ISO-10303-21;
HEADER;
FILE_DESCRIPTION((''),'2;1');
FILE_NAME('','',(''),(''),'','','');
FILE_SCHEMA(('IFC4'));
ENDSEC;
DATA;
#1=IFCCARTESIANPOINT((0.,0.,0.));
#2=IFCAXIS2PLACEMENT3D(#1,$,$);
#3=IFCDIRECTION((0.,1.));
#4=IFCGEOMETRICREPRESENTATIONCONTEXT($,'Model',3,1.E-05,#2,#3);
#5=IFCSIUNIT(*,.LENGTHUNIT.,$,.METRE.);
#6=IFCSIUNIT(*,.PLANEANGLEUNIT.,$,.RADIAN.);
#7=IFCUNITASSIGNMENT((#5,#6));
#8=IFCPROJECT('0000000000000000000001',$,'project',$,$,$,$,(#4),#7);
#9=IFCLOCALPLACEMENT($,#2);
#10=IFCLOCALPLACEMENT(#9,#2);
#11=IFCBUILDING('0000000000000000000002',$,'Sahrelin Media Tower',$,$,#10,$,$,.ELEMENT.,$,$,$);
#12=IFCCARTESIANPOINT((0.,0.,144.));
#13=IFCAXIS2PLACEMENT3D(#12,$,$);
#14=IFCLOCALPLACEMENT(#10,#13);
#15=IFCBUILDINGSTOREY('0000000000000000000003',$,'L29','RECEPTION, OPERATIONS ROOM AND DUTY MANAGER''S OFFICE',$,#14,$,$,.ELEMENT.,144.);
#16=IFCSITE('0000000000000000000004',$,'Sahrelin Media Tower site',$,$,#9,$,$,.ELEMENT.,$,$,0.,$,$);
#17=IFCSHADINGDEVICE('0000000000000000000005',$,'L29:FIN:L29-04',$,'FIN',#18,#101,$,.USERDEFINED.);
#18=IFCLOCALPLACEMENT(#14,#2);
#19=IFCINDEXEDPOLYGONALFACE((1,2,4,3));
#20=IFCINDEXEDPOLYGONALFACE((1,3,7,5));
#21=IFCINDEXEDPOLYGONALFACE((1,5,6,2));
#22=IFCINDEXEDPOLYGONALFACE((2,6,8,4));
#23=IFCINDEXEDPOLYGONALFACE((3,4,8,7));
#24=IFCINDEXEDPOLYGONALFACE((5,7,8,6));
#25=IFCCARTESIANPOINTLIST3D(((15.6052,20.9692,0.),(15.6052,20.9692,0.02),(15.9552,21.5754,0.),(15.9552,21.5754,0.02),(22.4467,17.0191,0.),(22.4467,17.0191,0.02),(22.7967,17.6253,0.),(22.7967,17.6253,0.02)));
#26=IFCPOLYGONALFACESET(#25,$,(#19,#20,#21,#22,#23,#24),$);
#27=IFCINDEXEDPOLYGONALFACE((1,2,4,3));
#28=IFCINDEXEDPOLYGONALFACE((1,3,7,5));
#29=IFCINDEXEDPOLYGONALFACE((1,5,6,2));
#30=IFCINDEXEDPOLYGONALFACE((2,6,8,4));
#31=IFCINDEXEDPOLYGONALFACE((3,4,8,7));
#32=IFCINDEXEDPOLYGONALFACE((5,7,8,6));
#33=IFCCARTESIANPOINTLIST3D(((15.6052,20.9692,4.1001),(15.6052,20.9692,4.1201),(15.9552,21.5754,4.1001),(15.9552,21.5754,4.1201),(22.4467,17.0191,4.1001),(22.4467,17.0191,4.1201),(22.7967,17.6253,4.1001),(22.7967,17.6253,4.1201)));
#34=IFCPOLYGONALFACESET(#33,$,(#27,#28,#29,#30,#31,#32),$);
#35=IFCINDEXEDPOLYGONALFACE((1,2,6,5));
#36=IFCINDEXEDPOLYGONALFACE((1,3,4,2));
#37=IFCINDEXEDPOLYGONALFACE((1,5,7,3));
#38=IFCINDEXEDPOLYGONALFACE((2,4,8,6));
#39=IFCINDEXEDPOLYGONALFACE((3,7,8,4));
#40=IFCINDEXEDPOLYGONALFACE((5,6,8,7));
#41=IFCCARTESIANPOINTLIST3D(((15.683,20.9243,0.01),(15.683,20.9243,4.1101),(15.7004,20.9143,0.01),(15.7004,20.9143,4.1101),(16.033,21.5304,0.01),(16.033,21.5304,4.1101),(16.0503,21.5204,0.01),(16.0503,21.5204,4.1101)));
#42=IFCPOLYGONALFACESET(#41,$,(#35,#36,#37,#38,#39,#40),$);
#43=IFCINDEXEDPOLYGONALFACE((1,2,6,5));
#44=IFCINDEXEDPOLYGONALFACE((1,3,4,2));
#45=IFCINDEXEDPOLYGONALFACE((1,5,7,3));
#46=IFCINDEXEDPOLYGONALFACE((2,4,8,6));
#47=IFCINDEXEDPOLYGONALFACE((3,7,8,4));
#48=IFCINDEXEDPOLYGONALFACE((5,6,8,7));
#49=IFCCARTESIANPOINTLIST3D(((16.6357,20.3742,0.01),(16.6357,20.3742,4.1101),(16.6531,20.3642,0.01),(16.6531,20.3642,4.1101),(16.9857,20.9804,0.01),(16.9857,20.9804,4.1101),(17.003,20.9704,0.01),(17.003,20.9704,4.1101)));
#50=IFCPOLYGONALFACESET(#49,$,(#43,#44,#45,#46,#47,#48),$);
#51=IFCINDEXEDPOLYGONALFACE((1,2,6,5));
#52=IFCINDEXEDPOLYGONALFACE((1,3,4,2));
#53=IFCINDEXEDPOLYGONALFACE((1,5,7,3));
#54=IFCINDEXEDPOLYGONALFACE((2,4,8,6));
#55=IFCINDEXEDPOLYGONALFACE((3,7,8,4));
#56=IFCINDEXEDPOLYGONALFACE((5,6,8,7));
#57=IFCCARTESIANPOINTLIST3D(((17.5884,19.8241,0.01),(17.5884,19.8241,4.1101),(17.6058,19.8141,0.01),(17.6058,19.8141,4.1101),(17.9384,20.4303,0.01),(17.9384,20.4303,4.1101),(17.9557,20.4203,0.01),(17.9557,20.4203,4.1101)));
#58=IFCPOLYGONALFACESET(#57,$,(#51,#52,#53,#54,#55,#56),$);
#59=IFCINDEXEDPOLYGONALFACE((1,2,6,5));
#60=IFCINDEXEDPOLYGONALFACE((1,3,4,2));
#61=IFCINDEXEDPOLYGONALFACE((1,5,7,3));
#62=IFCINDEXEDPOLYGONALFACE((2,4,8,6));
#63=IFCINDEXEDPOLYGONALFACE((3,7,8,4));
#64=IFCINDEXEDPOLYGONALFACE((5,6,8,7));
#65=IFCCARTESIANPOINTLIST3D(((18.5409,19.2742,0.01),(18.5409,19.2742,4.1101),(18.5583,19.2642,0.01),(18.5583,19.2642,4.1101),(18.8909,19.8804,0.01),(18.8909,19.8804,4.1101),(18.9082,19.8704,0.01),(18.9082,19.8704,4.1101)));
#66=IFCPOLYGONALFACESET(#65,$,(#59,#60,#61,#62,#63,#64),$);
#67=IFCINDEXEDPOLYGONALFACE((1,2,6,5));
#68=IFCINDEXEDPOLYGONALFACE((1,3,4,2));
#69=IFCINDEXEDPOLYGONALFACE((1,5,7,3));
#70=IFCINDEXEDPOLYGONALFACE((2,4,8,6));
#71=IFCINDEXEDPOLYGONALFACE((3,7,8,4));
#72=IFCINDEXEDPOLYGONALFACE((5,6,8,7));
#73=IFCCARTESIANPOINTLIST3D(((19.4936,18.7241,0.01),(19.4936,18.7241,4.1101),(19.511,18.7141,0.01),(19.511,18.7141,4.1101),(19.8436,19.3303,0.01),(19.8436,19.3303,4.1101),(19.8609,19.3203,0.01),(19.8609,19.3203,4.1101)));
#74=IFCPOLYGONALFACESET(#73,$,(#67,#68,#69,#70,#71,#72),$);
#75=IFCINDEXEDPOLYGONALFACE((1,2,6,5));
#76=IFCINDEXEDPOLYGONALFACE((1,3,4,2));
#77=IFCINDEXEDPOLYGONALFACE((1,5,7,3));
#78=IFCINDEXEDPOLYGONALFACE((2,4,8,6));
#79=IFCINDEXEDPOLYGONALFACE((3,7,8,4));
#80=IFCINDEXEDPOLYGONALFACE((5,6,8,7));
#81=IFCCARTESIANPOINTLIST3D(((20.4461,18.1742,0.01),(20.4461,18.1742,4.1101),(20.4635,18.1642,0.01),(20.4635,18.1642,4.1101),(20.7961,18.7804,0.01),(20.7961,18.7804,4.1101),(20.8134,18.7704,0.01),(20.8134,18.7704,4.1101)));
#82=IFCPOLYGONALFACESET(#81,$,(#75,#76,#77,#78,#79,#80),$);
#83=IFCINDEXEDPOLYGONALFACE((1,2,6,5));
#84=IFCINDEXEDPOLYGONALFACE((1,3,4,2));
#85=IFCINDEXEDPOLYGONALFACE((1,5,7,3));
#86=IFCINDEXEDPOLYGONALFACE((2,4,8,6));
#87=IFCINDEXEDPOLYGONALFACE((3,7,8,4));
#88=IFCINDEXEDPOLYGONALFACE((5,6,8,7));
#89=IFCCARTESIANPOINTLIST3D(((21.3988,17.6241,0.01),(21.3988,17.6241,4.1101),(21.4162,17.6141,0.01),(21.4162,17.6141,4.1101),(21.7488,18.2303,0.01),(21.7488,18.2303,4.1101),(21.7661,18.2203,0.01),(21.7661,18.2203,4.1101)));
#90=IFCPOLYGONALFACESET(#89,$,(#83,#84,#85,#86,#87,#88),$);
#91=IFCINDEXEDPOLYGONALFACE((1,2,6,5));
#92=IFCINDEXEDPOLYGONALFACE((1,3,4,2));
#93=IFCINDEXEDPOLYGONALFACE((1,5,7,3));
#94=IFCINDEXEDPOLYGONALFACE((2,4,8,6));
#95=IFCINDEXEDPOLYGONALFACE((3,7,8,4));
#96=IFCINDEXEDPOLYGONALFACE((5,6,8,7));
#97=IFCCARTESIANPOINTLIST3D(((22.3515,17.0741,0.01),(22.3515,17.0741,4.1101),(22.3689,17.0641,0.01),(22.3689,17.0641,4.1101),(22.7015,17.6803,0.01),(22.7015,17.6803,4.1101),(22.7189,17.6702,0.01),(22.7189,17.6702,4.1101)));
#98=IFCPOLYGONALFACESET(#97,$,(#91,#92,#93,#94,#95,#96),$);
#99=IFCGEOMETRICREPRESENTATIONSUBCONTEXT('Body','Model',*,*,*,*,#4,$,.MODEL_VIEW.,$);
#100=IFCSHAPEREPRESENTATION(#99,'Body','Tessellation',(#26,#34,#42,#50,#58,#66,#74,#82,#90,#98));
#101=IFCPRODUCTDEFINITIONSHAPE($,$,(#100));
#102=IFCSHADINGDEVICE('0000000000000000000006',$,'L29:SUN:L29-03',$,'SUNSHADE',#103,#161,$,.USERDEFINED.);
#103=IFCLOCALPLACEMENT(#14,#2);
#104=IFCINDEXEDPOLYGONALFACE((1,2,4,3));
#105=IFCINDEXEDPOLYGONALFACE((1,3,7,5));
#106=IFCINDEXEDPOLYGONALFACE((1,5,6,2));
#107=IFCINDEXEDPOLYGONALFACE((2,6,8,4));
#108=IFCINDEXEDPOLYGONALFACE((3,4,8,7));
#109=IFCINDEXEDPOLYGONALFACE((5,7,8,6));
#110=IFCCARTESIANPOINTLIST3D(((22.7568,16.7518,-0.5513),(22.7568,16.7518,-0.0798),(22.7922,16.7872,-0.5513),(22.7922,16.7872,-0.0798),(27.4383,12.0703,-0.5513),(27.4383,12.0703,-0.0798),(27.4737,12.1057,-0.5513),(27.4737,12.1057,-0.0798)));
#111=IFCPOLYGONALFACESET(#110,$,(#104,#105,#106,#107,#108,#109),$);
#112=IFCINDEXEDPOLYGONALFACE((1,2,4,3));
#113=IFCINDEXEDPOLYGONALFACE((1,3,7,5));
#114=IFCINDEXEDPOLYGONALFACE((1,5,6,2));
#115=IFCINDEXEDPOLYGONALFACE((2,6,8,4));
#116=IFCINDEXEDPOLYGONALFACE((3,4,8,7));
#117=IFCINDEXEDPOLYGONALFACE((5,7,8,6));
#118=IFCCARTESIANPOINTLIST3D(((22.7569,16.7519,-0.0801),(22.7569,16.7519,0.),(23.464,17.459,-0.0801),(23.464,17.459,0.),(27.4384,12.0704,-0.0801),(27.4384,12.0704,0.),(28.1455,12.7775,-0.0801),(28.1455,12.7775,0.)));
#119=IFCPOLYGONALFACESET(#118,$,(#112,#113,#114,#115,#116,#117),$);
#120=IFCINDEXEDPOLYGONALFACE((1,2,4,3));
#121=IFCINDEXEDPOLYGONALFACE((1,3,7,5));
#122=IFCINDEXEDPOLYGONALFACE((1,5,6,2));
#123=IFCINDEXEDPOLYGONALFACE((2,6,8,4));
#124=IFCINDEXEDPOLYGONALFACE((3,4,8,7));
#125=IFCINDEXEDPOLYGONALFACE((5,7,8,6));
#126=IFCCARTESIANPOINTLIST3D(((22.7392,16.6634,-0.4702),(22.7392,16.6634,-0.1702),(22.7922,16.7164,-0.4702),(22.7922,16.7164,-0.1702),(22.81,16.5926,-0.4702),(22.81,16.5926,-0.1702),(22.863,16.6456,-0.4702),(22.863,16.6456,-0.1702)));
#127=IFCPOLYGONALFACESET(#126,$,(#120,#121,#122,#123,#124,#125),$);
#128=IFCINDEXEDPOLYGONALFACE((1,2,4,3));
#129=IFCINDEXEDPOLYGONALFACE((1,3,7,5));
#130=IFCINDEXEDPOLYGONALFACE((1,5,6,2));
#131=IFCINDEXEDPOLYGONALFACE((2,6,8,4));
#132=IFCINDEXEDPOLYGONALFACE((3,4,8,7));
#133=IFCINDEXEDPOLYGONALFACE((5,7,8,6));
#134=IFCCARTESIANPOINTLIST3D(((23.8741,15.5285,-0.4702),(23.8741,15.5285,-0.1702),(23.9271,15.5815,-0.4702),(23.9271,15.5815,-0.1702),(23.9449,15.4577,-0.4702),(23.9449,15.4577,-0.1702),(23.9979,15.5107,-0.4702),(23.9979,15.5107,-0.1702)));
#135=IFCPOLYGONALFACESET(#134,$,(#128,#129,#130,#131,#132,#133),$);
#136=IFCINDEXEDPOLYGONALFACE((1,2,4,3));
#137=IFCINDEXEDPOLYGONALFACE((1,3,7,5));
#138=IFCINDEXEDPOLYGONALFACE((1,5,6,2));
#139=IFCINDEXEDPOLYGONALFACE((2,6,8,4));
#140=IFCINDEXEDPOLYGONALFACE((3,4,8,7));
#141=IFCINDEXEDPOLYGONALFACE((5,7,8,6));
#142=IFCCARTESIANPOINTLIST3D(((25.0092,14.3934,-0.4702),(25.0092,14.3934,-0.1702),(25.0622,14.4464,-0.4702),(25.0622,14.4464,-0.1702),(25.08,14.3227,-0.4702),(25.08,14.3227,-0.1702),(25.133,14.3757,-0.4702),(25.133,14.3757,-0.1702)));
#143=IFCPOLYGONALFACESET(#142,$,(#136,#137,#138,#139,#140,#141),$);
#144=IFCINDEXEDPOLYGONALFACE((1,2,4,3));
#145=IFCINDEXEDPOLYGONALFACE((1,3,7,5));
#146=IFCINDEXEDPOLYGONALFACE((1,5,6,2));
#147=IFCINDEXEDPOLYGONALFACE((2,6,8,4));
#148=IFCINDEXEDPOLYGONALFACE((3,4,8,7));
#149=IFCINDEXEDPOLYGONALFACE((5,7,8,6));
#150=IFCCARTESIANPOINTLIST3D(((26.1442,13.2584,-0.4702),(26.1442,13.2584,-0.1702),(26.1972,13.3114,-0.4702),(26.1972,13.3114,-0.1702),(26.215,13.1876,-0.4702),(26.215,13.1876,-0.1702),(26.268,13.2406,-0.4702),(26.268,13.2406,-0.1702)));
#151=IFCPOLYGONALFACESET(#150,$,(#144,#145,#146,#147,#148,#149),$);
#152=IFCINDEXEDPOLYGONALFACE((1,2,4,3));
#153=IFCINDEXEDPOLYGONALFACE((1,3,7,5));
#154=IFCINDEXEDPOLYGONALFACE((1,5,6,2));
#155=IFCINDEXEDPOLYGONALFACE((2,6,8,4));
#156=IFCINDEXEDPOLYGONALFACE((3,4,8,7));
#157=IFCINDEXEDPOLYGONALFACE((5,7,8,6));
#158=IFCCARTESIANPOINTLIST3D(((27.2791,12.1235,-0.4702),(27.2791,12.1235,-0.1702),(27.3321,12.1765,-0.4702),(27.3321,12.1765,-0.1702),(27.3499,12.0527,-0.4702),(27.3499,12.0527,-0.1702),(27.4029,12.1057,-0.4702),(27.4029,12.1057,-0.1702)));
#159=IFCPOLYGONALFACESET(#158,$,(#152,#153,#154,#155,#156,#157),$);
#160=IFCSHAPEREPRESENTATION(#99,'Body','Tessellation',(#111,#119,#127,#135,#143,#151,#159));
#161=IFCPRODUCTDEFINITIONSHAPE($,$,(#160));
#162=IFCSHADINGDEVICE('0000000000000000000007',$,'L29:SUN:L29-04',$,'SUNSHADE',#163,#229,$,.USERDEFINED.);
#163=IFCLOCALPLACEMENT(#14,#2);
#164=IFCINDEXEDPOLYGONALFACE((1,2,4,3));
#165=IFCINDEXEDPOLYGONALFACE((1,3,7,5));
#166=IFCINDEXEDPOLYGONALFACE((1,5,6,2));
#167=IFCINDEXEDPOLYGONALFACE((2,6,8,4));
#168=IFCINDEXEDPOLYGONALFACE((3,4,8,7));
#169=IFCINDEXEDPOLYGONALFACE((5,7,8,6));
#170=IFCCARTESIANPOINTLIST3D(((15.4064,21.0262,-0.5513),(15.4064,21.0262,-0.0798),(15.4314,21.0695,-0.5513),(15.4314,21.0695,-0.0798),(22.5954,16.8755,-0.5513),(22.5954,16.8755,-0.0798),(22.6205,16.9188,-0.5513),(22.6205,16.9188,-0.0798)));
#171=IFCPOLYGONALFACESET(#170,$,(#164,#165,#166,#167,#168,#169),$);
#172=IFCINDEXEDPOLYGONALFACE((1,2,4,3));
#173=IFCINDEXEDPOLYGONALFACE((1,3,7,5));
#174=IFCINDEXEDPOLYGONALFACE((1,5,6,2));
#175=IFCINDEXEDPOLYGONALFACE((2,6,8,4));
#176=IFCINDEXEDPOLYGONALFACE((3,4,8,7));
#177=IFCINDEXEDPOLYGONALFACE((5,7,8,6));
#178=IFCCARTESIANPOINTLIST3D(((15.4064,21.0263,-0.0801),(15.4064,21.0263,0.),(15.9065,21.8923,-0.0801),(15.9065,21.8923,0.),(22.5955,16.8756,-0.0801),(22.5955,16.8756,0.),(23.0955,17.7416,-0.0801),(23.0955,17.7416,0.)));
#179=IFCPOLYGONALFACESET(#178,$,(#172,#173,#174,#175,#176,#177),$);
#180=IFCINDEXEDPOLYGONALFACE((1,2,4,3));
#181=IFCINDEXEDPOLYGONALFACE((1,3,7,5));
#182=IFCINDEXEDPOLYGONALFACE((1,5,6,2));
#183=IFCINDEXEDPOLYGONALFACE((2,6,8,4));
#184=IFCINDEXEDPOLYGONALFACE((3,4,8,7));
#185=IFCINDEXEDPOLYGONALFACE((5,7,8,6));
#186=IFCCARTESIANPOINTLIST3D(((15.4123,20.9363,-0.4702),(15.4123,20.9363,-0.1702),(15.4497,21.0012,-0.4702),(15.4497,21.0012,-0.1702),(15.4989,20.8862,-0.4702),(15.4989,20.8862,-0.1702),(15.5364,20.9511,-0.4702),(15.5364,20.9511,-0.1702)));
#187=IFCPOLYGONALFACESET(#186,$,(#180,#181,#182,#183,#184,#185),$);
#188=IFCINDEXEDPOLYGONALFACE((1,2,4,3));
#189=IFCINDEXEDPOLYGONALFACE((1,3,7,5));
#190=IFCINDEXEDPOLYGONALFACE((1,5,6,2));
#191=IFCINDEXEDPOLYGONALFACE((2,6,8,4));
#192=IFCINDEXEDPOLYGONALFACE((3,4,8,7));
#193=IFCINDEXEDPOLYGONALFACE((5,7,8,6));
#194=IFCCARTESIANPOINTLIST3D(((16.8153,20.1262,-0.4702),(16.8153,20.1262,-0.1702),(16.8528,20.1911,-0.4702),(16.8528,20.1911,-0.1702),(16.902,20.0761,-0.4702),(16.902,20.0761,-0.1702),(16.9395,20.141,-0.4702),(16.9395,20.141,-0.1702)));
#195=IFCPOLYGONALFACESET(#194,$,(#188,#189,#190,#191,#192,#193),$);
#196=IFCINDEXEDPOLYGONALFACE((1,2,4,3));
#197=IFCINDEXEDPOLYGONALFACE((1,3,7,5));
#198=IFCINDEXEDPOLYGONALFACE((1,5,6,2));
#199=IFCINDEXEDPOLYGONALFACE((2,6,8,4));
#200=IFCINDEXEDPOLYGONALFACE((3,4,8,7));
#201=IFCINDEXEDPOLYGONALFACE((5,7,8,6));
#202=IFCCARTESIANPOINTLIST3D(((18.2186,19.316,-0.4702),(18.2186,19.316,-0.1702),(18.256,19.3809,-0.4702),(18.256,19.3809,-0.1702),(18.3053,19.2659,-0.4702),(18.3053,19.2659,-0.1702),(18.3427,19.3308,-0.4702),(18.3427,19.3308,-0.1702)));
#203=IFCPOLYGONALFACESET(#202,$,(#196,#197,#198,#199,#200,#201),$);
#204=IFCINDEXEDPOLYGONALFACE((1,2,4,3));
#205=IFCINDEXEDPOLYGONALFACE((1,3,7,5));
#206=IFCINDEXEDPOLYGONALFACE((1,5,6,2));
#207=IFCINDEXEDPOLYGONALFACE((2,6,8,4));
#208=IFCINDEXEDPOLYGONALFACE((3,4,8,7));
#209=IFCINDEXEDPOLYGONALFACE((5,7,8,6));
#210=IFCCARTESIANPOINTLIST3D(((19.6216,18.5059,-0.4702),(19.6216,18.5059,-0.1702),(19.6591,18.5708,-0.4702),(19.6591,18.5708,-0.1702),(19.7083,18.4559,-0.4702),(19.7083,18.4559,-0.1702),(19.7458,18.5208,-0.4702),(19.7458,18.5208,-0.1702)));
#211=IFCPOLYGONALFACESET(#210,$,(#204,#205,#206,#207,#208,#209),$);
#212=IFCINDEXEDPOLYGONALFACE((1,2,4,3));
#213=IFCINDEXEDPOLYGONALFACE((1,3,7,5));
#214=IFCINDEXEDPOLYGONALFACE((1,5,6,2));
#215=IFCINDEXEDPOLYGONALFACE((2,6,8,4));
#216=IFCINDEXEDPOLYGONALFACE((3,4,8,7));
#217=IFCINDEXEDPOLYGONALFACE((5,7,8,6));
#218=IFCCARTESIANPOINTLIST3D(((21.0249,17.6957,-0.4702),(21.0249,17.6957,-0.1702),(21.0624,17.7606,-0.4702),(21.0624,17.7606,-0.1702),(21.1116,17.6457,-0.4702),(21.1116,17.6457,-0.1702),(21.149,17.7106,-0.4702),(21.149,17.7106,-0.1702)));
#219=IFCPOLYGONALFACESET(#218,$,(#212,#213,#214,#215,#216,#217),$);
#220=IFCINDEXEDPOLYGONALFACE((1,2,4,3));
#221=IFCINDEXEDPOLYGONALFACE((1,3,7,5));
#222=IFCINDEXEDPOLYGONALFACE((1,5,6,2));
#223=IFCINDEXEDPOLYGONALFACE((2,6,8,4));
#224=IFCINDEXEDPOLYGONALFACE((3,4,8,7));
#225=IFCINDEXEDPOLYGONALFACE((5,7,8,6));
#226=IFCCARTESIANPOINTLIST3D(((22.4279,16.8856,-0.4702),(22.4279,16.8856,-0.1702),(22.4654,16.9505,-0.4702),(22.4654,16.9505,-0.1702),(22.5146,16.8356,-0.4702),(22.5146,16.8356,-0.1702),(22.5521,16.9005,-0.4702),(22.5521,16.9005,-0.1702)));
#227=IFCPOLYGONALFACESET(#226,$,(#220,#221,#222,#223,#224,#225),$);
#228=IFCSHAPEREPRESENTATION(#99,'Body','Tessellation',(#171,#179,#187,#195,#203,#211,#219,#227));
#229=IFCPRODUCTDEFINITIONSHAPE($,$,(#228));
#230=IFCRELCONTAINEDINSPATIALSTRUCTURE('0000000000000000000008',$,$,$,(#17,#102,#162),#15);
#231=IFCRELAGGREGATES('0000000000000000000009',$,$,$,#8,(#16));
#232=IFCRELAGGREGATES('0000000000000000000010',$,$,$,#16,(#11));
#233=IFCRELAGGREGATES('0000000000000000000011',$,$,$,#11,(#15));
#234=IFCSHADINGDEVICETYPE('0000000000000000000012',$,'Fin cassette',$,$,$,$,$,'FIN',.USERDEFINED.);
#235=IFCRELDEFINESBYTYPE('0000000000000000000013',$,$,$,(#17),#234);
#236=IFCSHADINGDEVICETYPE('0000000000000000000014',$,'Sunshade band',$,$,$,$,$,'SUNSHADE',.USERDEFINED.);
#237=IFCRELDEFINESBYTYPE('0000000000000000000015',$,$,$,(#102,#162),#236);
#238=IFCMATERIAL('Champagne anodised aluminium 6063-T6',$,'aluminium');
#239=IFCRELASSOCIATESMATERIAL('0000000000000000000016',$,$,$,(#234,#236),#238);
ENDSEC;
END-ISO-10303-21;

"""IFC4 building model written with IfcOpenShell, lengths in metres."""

from ifc_helpers import new_model, si_unit, direction, frame, origin, origin_2d, place, context, subcontext, project, spatial, rectangle, extrude, material, type_object, element, save


model = new_model("IFC4")

# Units and contexts
model_context = context("Model", 3, precision=1e-05, world=origin(), true_north=direction((0.0, 1.0)))
body_context = subcontext(model_context, "Body", "Model", "MODEL_VIEW")
ifc_project = project(units=[si_unit("LENGTHUNIT", "METRE"), si_unit("PLANEANGLEUNIT", "RADIAN")], contexts=[model_context])

# Site, building, storey
site_placement = place(None, origin())
site = spatial("IfcSite", under=ifc_project, at=site_placement, Name="Sahrelin Media Tower site", CompositionType="ELEMENT", RefElevation=0.0)
building_placement = place(site_placement, origin())
building = spatial("IfcBuilding", under=site, at=building_placement, Name="Sahrelin Media Tower", CompositionType="ELEMENT")
storey_placement = place(building_placement, frame((0.0, 0.0, 144.0)))
storey = spatial("IfcBuildingStorey", under=building, at=storey_placement, Name="L29", Description="RECEPTION, OPERATIONS ROOM AND DUTY MANAGER'S OFFICE", CompositionType="ELEMENT", Elevation=144.0)

# Shared definitions
ifc_material_1 = material(Name="Champagne anodised aluminium 6063-T6", Category="aluminium")

# Shading devices
shading_device_type_1 = type_object("IfcShadingDeviceType", Name="Fin cassette", ElementType="FIN", PredefinedType="USERDEFINED", material=ifc_material_1)
placement_1 = place(storey_placement, frame((25.0835, 14.397, 0.0), z_axis=(0.0, 0.0, 1.0), x_axis=(0.707107, -0.707107, 0.0)))
placement_2 = place(storey_placement, frame((18.991, 18.9336, 0.0), z_axis=(0.0, 0.0, 1.0), x_axis=(0.866019, -0.500011, 0.0)))
element("IfcShadingDevice", 1, at=placement_2, inside=storey, type_object=shading_device_type_1, Name="L29:FIN:L29-04", ObjectType="FIN", PredefinedType="USERDEFINED", context=body_context, shape_type="SweptSolid", body=[
    extrude(rectangle(XDim=7.8999, YDim=0.7, at=origin_2d()), frame((0.0, 0.4199, 0.0)), (0.0, 0.0, 1.0), 0.02),
    extrude(rectangle(XDim=7.8999, YDim=0.7, at=origin_2d()), frame((0.0, 0.4199, 4.1001)), (0.0, 0.0, 1.0), 0.02),
    extrude(rectangle(XDim=0.02, YDim=0.7, at=origin_2d()), frame((-3.8501, 0.4199, 0.01), z_axis=(0.0, 0.0, 1.0), x_axis=(1.0, 0.0, 0.0)), (0.0, 0.0, 1.0), 4.1001),
    extrude(rectangle(XDim=0.02, YDim=0.7, at=origin_2d()), frame((-2.75, 0.4199, 0.01), z_axis=(0.0, 0.0, 1.0), x_axis=(1.0, 0.0, 0.0)), (0.0, 0.0, 1.0), 4.1001),
    extrude(rectangle(XDim=0.02, YDim=0.7, at=origin_2d()), frame((-1.6499, 0.4199, 0.01), z_axis=(0.0, 0.0, 1.0), x_axis=(1.0, 0.0, 0.0)), (0.0, 0.0, 1.0), 4.1001),
    extrude(rectangle(XDim=0.02, YDim=0.7, at=origin_2d()), frame((-0.55, 0.4199, 0.01), z_axis=(0.0, 0.0, 1.0), x_axis=(1.0, 0.0, 0.0)), (0.0, 0.0, 1.0), 4.1001),
    extrude(rectangle(XDim=0.02, YDim=0.7, at=origin_2d()), frame((0.55, 0.4199, 0.01), z_axis=(0.0, 0.0, 1.0), x_axis=(1.0, 0.0, 0.0)), (0.0, 0.0, 1.0), 4.1001),
    extrude(rectangle(XDim=0.02, YDim=0.7, at=origin_2d()), frame((1.6499, 0.4199, 0.01), z_axis=(0.0, 0.0, 1.0), x_axis=(1.0, 0.0, 0.0)), (0.0, 0.0, 1.0), 4.1001),
    extrude(rectangle(XDim=0.02, YDim=0.7, at=origin_2d()), frame((2.75, 0.4199, 0.01), z_axis=(0.0, 0.0, 1.0), x_axis=(1.0, 0.0, 0.0)), (0.0, 0.0, 1.0), 4.1001),
    extrude(rectangle(XDim=0.02, YDim=0.7, at=origin_2d()), frame((3.8501, 0.4199, 0.01), z_axis=(0.0, 0.0, 1.0), x_axis=(1.0, 0.0, 0.0)), (0.0, 0.0, 1.0), 4.1001),
])
shading_device_type_2 = type_object("IfcShadingDeviceType", Name="Sunshade band", ElementType="SUNSHADE", PredefinedType="USERDEFINED", material=ifc_material_1)
element("IfcShadingDevice", 2, at=placement_1, inside=storey, type_object=shading_device_type_2, Name="L29:SUN:L29-03", ObjectType="SUNSHADE", PredefinedType="USERDEFINED", context=body_context, shape_type="SweptSolid", body=[
    extrude(rectangle(XDim=6.6206, YDim=0.05, at=origin_2d()), frame((0.0, 0.0449, -0.5513)), (0.0, 0.0, 1.0), 0.4714),
    extrude(rectangle(XDim=6.6206, YDim=1.0, at=origin_2d()), frame((0.0, 0.52, -0.0801)), (0.0, 0.0, 1.0), 0.0801),
    extrude(rectangle(XDim=0.1001, YDim=0.075, at=origin_2d()), frame((-3.2102, -0.0176, -0.4702)), (0.0, 0.0, 1.0), 0.3),
    extrude(rectangle(XDim=0.1001, YDim=0.075, at=origin_2d()), frame((-1.6052, -0.0176, -0.4702)), (0.0, 0.0, 1.0), 0.3),
    extrude(rectangle(XDim=0.1001, YDim=0.075, at=origin_2d()), frame((0.0, -0.0176, -0.4702)), (0.0, 0.0, 1.0), 0.3),
    extrude(rectangle(XDim=0.1001, YDim=0.075, at=origin_2d()), frame((1.6052, -0.0176, -0.4702)), (0.0, 0.0, 1.0), 0.3),
    extrude(rectangle(XDim=0.1001, YDim=0.075, at=origin_2d()), frame((3.2102, -0.0176, -0.4702)), (0.0, 0.0, 1.0), 0.3),
])
element("IfcShadingDevice", 3, at=placement_2, inside=storey, type_object=shading_device_type_2, Name="L29:SUN:L29-04", ObjectType="SUNSHADE", PredefinedType="USERDEFINED", context=body_context, shape_type="SweptSolid", body=[
    extrude(rectangle(XDim=8.3013, YDim=0.05, at=origin_2d()), frame((0.0, 0.0449, -0.5513)), (0.0, 0.0, 1.0), 0.4714),
    extrude(rectangle(XDim=8.3013, YDim=1.0, at=origin_2d()), frame((0.0, 0.52, -0.0801)), (0.0, 0.0, 1.0), 0.0801),
    extrude(rectangle(XDim=0.1001, YDim=0.075, at=origin_2d()), frame((-4.0505, -0.0176, -0.4702)), (0.0, 0.0, 1.0), 0.3),
    extrude(rectangle(XDim=0.1001, YDim=0.075, at=origin_2d()), frame((-2.4304, -0.0176, -0.4702)), (0.0, 0.0, 1.0), 0.3),
    extrude(rectangle(XDim=0.1001, YDim=0.075, at=origin_2d()), frame((-0.8101, -0.0176, -0.4702)), (0.0, 0.0, 1.0), 0.3),
    extrude(rectangle(XDim=0.1001, YDim=0.075, at=origin_2d()), frame((0.8101, -0.0176, -0.4702)), (0.0, 0.0, 1.0), 0.3),
    extrude(rectangle(XDim=0.1001, YDim=0.075, at=origin_2d()), frame((2.4304, -0.0176, -0.4702)), (0.0, 0.0, 1.0), 0.3),
    extrude(rectangle(XDim=0.1001, YDim=0.075, at=origin_2d()), frame((4.0505, -0.0176, -0.4702)), (0.0, 0.0, 1.0), 0.3),
])

save(model, "model.ifc")
